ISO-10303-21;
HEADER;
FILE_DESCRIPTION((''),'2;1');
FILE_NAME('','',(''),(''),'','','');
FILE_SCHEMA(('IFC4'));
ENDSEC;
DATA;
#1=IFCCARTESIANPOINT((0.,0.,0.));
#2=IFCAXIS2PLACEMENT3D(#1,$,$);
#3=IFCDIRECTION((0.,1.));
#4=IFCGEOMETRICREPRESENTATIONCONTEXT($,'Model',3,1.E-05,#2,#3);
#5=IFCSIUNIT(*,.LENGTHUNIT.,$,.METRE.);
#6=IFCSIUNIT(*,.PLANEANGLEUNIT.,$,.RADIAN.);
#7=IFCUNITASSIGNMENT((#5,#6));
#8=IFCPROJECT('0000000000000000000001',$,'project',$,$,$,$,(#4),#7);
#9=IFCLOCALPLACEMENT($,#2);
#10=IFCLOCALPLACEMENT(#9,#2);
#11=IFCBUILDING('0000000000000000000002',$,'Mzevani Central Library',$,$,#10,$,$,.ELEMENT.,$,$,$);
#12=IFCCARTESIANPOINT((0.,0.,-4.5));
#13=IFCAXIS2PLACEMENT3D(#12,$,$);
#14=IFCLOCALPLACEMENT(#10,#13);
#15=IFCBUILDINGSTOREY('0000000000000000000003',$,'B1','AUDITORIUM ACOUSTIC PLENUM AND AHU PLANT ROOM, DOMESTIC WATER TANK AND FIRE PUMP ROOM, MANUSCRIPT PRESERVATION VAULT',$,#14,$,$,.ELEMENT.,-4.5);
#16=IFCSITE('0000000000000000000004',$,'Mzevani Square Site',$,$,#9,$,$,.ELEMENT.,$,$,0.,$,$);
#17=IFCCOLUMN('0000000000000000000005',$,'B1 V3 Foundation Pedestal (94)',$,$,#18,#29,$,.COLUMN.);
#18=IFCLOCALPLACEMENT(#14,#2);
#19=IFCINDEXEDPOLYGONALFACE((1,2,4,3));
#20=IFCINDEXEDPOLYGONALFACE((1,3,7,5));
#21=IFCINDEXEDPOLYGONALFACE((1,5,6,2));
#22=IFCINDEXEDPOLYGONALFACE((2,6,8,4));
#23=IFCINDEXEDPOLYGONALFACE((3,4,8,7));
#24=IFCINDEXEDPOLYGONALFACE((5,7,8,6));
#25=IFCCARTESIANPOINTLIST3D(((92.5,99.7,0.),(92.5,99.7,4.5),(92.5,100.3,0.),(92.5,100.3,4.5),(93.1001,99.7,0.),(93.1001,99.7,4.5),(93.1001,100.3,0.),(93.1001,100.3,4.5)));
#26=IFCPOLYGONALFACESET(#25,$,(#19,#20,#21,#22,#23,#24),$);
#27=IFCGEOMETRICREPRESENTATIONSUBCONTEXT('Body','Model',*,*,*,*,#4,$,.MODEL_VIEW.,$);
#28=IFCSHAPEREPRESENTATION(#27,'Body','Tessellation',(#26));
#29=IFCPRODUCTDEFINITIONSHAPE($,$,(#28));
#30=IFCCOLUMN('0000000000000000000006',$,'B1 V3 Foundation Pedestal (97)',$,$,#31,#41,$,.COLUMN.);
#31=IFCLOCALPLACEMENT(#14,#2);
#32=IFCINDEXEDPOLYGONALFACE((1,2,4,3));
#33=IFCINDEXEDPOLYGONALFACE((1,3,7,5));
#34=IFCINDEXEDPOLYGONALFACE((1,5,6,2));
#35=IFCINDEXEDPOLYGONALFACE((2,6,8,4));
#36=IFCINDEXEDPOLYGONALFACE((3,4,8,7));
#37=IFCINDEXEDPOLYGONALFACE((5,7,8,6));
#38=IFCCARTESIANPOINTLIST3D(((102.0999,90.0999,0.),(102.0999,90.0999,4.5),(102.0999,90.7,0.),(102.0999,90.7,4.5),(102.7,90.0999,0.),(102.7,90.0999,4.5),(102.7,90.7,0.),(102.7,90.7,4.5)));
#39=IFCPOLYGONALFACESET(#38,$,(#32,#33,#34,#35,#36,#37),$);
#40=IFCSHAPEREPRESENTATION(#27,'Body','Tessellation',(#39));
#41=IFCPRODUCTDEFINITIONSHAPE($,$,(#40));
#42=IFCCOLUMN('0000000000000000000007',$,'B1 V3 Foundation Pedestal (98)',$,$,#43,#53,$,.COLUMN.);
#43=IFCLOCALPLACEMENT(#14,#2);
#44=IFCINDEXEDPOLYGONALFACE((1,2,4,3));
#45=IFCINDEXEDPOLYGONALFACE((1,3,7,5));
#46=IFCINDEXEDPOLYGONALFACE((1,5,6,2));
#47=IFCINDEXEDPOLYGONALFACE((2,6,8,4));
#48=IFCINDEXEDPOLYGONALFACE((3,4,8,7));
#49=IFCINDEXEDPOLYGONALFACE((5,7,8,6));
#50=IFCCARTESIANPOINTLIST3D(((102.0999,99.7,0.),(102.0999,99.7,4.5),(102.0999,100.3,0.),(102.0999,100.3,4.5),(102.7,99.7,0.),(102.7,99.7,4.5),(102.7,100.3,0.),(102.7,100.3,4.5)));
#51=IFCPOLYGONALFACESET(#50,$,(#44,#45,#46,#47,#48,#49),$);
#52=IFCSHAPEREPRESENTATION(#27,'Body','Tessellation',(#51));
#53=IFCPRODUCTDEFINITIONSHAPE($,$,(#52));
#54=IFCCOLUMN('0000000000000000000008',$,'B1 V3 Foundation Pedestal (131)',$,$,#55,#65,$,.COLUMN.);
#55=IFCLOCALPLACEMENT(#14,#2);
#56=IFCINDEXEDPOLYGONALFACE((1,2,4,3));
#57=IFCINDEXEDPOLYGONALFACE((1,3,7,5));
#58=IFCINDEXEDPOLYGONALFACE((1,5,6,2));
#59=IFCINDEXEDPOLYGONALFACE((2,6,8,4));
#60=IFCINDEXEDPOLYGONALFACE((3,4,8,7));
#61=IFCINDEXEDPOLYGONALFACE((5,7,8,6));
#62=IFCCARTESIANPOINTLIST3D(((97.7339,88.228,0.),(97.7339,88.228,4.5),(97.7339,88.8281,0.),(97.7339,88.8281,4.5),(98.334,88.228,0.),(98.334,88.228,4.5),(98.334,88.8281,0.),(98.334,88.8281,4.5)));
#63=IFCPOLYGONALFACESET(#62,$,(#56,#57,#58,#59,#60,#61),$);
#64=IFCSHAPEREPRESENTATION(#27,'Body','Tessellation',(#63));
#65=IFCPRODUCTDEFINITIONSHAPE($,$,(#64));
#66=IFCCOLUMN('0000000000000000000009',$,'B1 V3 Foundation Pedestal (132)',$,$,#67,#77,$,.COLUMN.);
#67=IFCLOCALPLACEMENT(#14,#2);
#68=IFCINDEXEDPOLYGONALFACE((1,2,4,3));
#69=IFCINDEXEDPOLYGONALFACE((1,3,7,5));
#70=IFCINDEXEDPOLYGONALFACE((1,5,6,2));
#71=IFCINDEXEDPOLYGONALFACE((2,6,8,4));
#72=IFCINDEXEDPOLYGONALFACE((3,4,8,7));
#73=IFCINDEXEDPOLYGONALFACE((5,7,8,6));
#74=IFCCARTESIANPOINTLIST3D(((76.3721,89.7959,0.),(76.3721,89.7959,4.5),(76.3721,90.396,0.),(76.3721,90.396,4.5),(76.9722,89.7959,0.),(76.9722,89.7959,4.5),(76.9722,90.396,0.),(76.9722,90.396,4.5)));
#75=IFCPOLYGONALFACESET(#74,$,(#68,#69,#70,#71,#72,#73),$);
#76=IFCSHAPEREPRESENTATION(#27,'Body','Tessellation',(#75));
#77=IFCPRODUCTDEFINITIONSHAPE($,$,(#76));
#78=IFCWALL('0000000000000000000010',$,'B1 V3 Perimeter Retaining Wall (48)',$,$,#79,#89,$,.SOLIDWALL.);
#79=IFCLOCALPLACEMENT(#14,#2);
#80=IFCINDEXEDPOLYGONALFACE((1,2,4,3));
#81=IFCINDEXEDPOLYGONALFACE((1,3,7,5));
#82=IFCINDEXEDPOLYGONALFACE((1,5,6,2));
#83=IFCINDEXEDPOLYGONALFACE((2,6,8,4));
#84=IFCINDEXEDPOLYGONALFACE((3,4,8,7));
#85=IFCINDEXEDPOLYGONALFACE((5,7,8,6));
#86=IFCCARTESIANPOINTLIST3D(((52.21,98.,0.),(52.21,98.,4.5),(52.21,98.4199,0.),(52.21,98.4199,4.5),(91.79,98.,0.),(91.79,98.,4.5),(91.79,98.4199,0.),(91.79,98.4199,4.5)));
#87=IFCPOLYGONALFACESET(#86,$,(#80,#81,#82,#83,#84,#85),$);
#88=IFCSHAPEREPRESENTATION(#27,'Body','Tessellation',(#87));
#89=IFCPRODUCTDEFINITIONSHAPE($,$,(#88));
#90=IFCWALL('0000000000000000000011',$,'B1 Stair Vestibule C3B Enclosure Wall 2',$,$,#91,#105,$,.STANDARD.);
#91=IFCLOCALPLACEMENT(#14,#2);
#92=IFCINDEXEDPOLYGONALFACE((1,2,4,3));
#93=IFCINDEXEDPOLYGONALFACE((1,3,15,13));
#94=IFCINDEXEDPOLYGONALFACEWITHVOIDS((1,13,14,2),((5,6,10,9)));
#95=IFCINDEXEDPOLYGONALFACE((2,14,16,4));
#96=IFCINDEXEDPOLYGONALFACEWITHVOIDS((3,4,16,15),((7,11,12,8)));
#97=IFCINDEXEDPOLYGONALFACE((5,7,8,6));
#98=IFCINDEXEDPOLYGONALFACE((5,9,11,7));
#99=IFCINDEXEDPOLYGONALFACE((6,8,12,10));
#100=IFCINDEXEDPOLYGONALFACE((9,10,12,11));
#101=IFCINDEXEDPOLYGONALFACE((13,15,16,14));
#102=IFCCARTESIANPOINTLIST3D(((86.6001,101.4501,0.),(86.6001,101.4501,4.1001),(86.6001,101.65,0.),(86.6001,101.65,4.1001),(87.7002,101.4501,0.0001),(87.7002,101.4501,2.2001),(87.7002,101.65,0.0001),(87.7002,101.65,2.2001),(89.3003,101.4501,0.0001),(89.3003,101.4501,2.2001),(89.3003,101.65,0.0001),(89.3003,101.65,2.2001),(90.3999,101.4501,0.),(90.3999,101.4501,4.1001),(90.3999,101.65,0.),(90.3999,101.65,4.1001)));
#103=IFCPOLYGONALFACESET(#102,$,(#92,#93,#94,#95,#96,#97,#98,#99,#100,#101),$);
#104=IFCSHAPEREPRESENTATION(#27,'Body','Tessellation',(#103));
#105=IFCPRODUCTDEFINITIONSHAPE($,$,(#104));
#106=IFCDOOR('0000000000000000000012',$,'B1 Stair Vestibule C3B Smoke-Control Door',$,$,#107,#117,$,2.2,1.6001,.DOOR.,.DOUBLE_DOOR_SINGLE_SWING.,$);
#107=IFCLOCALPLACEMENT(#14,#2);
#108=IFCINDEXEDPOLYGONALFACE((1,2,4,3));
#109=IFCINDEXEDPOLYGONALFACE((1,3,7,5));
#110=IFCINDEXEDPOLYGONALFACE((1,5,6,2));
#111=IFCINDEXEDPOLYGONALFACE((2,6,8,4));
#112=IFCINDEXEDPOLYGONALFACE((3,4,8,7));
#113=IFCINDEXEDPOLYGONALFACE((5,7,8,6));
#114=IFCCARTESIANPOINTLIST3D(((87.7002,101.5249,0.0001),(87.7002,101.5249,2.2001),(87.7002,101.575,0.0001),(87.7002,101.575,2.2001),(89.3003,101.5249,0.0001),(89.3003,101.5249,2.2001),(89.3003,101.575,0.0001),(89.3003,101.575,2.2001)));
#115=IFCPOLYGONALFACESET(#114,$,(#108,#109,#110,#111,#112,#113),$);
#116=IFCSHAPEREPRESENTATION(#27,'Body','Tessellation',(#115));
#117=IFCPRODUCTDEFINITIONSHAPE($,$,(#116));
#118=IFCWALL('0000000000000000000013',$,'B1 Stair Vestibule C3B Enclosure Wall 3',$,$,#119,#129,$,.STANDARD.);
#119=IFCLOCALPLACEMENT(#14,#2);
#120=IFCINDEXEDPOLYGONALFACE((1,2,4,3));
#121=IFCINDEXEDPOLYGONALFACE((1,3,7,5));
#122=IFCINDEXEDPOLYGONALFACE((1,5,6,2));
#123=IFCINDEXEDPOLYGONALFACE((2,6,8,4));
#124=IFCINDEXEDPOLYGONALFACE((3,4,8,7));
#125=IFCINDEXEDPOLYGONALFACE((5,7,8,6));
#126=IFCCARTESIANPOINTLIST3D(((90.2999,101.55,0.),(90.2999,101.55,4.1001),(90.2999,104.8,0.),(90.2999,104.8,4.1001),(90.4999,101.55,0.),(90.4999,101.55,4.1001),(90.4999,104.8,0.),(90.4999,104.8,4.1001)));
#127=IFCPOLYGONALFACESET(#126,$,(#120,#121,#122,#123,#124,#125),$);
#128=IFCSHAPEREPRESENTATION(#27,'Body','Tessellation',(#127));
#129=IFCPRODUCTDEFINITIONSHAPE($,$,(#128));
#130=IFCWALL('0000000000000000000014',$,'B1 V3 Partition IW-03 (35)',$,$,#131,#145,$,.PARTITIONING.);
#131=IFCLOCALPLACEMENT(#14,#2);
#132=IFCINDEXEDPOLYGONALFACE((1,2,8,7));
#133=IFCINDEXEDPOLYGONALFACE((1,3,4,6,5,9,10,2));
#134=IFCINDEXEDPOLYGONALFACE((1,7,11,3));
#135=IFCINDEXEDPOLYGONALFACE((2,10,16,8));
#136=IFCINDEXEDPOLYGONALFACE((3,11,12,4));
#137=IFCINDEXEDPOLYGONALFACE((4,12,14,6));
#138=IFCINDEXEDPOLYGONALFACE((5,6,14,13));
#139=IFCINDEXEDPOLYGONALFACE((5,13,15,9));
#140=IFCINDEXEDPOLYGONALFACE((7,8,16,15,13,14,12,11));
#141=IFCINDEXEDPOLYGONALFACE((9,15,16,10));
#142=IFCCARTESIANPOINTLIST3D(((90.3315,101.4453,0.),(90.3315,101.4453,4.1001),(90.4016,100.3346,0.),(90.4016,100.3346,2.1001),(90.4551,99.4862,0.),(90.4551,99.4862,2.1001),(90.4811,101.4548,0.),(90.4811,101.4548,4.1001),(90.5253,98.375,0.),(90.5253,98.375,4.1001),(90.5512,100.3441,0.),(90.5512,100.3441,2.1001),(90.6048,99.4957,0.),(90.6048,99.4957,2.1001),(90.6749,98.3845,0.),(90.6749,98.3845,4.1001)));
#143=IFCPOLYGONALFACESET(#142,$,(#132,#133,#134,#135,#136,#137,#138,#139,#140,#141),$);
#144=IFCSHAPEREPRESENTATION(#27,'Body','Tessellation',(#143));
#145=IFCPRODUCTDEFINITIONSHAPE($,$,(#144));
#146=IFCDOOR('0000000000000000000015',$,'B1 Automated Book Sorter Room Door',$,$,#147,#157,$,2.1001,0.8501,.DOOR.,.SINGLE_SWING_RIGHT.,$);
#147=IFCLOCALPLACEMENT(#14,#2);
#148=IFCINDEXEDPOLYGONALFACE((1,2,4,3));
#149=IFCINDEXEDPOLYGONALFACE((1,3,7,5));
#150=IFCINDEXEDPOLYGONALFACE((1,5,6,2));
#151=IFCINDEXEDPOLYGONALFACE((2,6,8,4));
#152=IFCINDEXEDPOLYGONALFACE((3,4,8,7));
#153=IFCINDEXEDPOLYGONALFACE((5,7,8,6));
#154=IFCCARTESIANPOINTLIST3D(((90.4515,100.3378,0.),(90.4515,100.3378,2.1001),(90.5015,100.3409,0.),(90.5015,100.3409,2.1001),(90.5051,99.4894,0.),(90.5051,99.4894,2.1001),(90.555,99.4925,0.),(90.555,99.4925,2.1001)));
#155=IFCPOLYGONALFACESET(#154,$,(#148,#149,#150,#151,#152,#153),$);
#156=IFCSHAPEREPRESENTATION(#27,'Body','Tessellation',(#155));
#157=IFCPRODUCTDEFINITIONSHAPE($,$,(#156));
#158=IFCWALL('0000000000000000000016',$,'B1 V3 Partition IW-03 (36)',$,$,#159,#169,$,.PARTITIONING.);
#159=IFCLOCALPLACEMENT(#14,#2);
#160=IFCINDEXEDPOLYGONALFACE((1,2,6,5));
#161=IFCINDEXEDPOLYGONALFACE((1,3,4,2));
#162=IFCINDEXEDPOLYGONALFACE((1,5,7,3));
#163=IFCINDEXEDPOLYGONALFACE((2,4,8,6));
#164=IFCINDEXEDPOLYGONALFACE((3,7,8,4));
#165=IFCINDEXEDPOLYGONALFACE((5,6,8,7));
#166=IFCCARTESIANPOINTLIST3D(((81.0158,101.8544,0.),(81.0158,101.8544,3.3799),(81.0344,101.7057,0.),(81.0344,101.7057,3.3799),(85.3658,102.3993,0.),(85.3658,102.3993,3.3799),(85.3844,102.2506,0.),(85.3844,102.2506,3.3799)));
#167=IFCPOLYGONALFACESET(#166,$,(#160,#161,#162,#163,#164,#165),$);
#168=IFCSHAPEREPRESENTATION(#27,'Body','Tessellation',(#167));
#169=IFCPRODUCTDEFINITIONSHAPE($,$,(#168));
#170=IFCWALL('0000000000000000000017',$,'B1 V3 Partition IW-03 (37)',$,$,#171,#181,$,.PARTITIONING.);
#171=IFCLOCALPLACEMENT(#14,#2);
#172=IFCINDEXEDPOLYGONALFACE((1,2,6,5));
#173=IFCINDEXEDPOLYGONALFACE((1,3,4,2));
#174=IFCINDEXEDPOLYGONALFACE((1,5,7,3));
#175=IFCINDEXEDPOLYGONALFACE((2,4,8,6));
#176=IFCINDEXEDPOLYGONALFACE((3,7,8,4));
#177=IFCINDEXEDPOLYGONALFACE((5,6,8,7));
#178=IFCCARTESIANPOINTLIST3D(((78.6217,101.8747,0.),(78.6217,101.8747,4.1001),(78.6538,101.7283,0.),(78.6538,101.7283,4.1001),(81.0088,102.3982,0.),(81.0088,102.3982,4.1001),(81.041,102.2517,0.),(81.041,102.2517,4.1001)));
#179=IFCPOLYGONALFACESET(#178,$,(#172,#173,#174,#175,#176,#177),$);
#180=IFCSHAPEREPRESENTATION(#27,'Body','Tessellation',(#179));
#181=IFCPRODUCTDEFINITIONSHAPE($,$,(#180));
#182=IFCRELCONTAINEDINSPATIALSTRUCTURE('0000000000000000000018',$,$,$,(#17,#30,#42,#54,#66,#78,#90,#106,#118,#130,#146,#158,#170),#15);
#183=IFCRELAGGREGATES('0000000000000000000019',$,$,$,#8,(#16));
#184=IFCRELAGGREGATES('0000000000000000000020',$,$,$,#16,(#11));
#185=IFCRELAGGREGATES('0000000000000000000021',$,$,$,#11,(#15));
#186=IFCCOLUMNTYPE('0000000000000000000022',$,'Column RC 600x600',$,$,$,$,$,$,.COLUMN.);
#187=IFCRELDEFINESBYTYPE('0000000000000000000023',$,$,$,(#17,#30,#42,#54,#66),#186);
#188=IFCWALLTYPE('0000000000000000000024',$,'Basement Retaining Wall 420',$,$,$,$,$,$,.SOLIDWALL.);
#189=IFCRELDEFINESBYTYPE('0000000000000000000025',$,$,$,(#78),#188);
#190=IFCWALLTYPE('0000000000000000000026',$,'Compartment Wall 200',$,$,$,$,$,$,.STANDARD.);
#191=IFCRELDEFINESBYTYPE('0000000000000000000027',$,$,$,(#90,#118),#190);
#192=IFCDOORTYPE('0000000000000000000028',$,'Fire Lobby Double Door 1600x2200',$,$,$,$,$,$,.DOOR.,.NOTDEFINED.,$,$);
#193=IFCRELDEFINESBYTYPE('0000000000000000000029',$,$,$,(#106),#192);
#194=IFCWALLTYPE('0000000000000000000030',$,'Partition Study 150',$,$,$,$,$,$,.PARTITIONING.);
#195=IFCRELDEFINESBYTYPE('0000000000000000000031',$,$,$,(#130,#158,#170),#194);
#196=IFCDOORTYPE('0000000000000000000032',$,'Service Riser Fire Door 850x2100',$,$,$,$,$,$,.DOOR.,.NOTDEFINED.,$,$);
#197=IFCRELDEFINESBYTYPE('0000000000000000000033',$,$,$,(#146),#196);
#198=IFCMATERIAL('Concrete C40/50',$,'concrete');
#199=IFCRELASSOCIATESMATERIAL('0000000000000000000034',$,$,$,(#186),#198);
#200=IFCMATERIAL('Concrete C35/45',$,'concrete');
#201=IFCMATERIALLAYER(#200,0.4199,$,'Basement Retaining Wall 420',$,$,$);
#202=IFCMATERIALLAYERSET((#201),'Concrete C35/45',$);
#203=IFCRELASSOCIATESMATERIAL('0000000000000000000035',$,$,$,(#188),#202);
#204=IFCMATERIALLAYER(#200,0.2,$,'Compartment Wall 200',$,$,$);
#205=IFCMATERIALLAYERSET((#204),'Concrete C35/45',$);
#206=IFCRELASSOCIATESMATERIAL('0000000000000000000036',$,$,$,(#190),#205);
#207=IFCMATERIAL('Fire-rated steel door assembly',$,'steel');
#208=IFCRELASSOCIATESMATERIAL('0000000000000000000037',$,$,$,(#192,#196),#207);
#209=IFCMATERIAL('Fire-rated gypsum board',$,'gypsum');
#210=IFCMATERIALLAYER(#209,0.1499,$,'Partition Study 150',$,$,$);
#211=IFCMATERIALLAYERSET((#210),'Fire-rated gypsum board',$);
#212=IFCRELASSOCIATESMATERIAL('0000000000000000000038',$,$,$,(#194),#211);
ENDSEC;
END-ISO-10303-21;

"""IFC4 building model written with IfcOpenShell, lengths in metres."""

from ifc_helpers import new_model, si_unit, direction, frame, frame_2d, origin, origin_2d, place, context, subcontext, project, spatial, rectangle, extrude, material, layer, layer_set, material_profile, profile_set, type_object, element, fill, save


model = new_model("IFC4")

# Units and contexts
model_context = context("Model", 3, precision=1e-05, world=origin(), true_north=direction((0.0, 1.0)))
body_context = subcontext(model_context, "Body", "Model", "MODEL_VIEW")
ifc_project = project(units=[si_unit("LENGTHUNIT", "METRE"), si_unit("PLANEANGLEUNIT", "RADIAN")], contexts=[model_context])

# Site, building, storey
site_placement = place(None, origin())
site = spatial("IfcSite", under=ifc_project, at=site_placement, Name="Mzevani Square Site", CompositionType="ELEMENT", RefElevation=0.0)
building_placement = place(site_placement, origin())
building = spatial("IfcBuilding", under=site, at=building_placement, Name="Mzevani Central Library", CompositionType="ELEMENT")
storey_placement = place(building_placement, frame((0.0, 0.0, -4.5)))
storey = spatial("IfcBuildingStorey", under=building, at=storey_placement, Name="B1", Description="AUDITORIUM ACOUSTIC PLENUM AND AHU PLANT ROOM, DOMESTIC WATER TANK AND FIRE PUMP ROOM, MANUSCRIPT PRESERVATION VAULT", CompositionType="ELEMENT", Elevation=-4.5)

# Shared definitions
ifc_material_1 = material(Name="Concrete C40/50", Category="concrete")

# Columns
ifc_material_profile_1 = material_profile(ifc_material_1, rectangle(XDim=0.6001, YDim=0.6001, at=origin_2d()), Name="RC 600x600")
ifc_profile_set_1 = profile_set([ifc_material_profile_1], Name="Concrete C40/50")
column_type_1 = type_object("IfcColumnType", Name="Column RC 600x600", PredefinedType="COLUMN", material=ifc_profile_set_1)
for number, where, z_axis, x_axis, name in (
    (1, (92.8, 100.0, 0.0), (0.0, 0.0, 1.0), (1.0, 0.0, 0.0), "B1 V3 Foundation Pedestal (94)"),
    (2, (102.3999, 90.3999, 0.0), (0.0, 0.0, 1.0), (1.0, 0.0, 0.0), "B1 V3 Foundation Pedestal (97)"),
    (3, (102.3999, 100.0, 0.0), (0.0, 0.0, 1.0), (1.0, 0.0, 0.0), "B1 V3 Foundation Pedestal (98)"),
    (4, (98.0339, 88.5281, 0.0), (0.0, 0.0, 1.0), (1.0, 0.0, 0.0), "B1 V3 Foundation Pedestal (131)"),
    (5, (76.6721, 90.0959, 0.0), (0.0, 0.0, 1.0), (1.0, 0.0, 0.0), "B1 V3 Foundation Pedestal (132)"),
):
    element("IfcColumn", number, at=place(storey_placement, frame(where, z_axis=z_axis, x_axis=x_axis)), inside=storey, type_object=column_type_1, Name=name, PredefinedType="COLUMN", context=body_context, shape_type="SweptSolid", body=[
        extrude(rectangle(XDim=0.6001, YDim=0.6001, at=origin_2d()), origin(), (0.0, 0.0, 1.0), 4.5),
    ])

# Wall
ifc_material_2 = material(Name="Concrete C35/45", Category="concrete")
ifc_layer_1 = layer(ifc_material_2, 0.4199, Name="Basement Retaining Wall 420")
ifc_layer_set_1 = layer_set([ifc_layer_1], Name="Concrete C35/45")
wall_type_1 = type_object("IfcWallType", Name="Basement Retaining Wall 420", PredefinedType="SOLIDWALL", material=ifc_layer_set_1)
wall_1_placement = place(storey_placement, frame((91.79, 98.21, 0.0), z_axis=(0.0, 0.0, 1.0), x_axis=(-1.0, 0.0, 0.0)))
element("IfcWall", 6, at=wall_1_placement, inside=storey, type_object=wall_type_1, Name="B1 V3 Perimeter Retaining Wall (48)", PredefinedType="SOLIDWALL", context=body_context, shape_type="SweptSolid", body=[
    extrude(rectangle(XDim=39.5801, YDim=0.4199, at=frame_2d((19.79, 0.0))), origin(), (0.0, 0.0, 1.0), 4.5),
])

# Wall, opening, door
ifc_layer_2 = layer(ifc_material_2, 0.2, Name="Compartment Wall 200")
ifc_layer_set_2 = layer_set([ifc_layer_2], Name="Concrete C35/45")
wall_type_2 = type_object("IfcWallType", Name="Compartment Wall 200", PredefinedType="STANDARD", material=ifc_layer_set_2)
wall_2_placement = place(storey_placement, frame((86.6001, 101.55, 0.0), z_axis=(0.0, 0.0, 1.0), x_axis=(1.0, 0.0, 0.0)))
wall_2 = element("IfcWall", 7, at=wall_2_placement, inside=storey, type_object=wall_type_2, Name="B1 Stair Vestibule C3B Enclosure Wall 2", PredefinedType="STANDARD", context=body_context, shape_type="SweptSolid", body=[
    extrude(rectangle(XDim=3.7998, YDim=0.2, at=frame_2d((1.8999, 0.0))), origin(), (0.0, 0.0, 1.0), 4.1001),
])
opening_1_placement = place(wall_2_placement, frame((1.1001, 0.0, 0.0)))
opening_1 = element("IfcOpeningElement", 8, at=opening_1_placement, cuts=wall_2, PredefinedType="OPENING", context=body_context, shape_type="SweptSolid", body=[
    extrude(rectangle(XDim=1.6001, YDim=2.2, at=frame_2d((0.8, 1.1001))), frame((0.0, 0.1099, 0.0), z_axis=(0.0, -1.0, 0.0), x_axis=(1.0, 0.0, 0.0)), (0.0, 0.0, 1.0), 0.22),
])
ifc_material_3 = material(Name="Fire-rated steel door assembly", Category="steel")
door_type_1 = type_object("IfcDoorType", Name="Fire Lobby Double Door 1600x2200", OperationType="NOTDEFINED", PredefinedType="DOOR", material=ifc_material_3)
door_1_placement = place(opening_1_placement, origin())
door_1 = element("IfcDoor", 9, at=door_1_placement, inside=storey, type_object=door_type_1, Name="B1 Stair Vestibule C3B Smoke-Control Door", OperationType="DOUBLE_DOOR_SINGLE_SWING", OverallHeight=2.2, OverallWidth=1.6001, PredefinedType="DOOR", context=body_context, shape_type="SweptSolid", body=[
    extrude(rectangle(XDim=1.6001, YDim=2.2, at=frame_2d((0.8, 1.1001))), frame((0.0, 0.0249, 0.0), z_axis=(0.0, -1.0, 0.0), x_axis=(1.0, 0.0, 0.0)), (0.0, 0.0, 1.0), 0.05),
])
fill(opening_1, door_1)

# Wall
wall_3_placement = place(storey_placement, frame((90.3999, 101.55, 0.0), z_axis=(0.0, 0.0, 1.0), x_axis=(0.0, 1.0, 0.0)))
element("IfcWall", 10, at=wall_3_placement, inside=storey, type_object=wall_type_2, Name="B1 Stair Vestibule C3B Enclosure Wall 3", PredefinedType="STANDARD", context=body_context, shape_type="SweptSolid", body=[
    extrude(rectangle(XDim=3.25, YDim=0.2, at=frame_2d((1.625, 0.0))), origin(), (0.0, 0.0, 1.0), 4.1001),
])

# Wall, opening, door
ifc_material_4 = material(Name="Fire-rated gypsum board", Category="gypsum")
ifc_layer_3 = layer(ifc_material_4, 0.1499, Name="Partition Study 150")
ifc_layer_set_3 = layer_set([ifc_layer_3], Name="Fire-rated gypsum board")
wall_type_3 = type_object("IfcWallType", Name="Partition Study 150", PredefinedType="PARTITIONING", material=ifc_layer_set_3)
wall_4_placement = place(storey_placement, frame((90.6001, 98.3799, 0.0), z_axis=(0.0, 0.0, 1.0), x_axis=(-0.063011, 0.998013, 0.0)))
wall_4 = element("IfcWall", 11, at=wall_4_placement, inside=storey, type_object=wall_type_3, Name="B1 V3 Partition IW-03 (35)", PredefinedType="PARTITIONING", context=body_context, shape_type="SweptSolid", body=[
    extrude(rectangle(XDim=3.0764, YDim=0.1499, at=frame_2d((1.5381, 0.0))), origin(), (0.0, 0.0, 1.0), 4.1001),
])
opening_2_placement = place(wall_4_placement, frame((1.1133, 0.0, 0.0)))
opening_2 = element("IfcOpeningElement", 12, at=opening_2_placement, cuts=wall_4, PredefinedType="OPENING", context=body_context, shape_type="SweptSolid", body=[
    extrude(rectangle(XDim=0.8501, YDim=2.1001, at=frame_2d((0.425, 1.05))), frame((0.0, 0.085, 0.0), z_axis=(0.0, -1.0, 0.0), x_axis=(1.0, 0.0, 0.0)), (0.0, 0.0, 1.0), 0.1699),
])
door_type_2 = type_object("IfcDoorType", Name="Service Riser Fire Door 850x2100", OperationType="NOTDEFINED", PredefinedType="DOOR", material=ifc_material_3)
door_2_placement = place(opening_2_placement, origin())
door_2 = element("IfcDoor", 13, at=door_2_placement, inside=storey, type_object=door_type_2, Name="B1 Automated Book Sorter Room Door", OperationType="SINGLE_SWING_RIGHT", OverallHeight=2.1001, OverallWidth=0.8501, PredefinedType="DOOR", context=body_context, shape_type="SweptSolid", body=[
    extrude(rectangle(XDim=0.8501, YDim=2.1001, at=frame_2d((0.425, 1.05))), frame((0.0, 0.0249, 0.0), z_axis=(0.0, -1.0, 0.0), x_axis=(1.0, 0.0, 0.0)), (0.0, 0.0, 1.0), 0.05),
])
fill(opening_2, door_2)

# Walls
wall_5_placement = place(storey_placement, frame((85.375, 102.325, 0.0), z_axis=(0.0, 0.0, 1.0), x_axis=(-0.992245, -0.124295, 0.0)))
element("IfcWall", 14, at=wall_5_placement, inside=storey, type_object=wall_type_3, Name="B1 V3 Partition IW-03 (36)", PredefinedType="PARTITIONING", context=body_context, shape_type="SweptSolid", body=[
    extrude(rectangle(XDim=4.384, YDim=0.1499, at=frame_2d((2.1919, 0.0))), origin(), (0.0, 0.0, 1.0), 3.3799),
])
wall_6_placement = place(storey_placement, frame((81.0249, 102.325, 0.0), z_axis=(0.0, 0.0, 1.0), x_axis=(-0.976794, -0.214179, 0.0)))
element("IfcWall", 15, at=wall_6_placement, inside=storey, type_object=wall_type_3, Name="B1 V3 Partition IW-03 (37)", PredefinedType="PARTITIONING", context=body_context, shape_type="SweptSolid", body=[
    extrude(rectangle(XDim=2.4438, YDim=0.1499, at=frame_2d((1.2219, 0.0))), origin(), (0.0, 0.0, 1.0), 4.1001),
])

save(model, "model.ifc")
